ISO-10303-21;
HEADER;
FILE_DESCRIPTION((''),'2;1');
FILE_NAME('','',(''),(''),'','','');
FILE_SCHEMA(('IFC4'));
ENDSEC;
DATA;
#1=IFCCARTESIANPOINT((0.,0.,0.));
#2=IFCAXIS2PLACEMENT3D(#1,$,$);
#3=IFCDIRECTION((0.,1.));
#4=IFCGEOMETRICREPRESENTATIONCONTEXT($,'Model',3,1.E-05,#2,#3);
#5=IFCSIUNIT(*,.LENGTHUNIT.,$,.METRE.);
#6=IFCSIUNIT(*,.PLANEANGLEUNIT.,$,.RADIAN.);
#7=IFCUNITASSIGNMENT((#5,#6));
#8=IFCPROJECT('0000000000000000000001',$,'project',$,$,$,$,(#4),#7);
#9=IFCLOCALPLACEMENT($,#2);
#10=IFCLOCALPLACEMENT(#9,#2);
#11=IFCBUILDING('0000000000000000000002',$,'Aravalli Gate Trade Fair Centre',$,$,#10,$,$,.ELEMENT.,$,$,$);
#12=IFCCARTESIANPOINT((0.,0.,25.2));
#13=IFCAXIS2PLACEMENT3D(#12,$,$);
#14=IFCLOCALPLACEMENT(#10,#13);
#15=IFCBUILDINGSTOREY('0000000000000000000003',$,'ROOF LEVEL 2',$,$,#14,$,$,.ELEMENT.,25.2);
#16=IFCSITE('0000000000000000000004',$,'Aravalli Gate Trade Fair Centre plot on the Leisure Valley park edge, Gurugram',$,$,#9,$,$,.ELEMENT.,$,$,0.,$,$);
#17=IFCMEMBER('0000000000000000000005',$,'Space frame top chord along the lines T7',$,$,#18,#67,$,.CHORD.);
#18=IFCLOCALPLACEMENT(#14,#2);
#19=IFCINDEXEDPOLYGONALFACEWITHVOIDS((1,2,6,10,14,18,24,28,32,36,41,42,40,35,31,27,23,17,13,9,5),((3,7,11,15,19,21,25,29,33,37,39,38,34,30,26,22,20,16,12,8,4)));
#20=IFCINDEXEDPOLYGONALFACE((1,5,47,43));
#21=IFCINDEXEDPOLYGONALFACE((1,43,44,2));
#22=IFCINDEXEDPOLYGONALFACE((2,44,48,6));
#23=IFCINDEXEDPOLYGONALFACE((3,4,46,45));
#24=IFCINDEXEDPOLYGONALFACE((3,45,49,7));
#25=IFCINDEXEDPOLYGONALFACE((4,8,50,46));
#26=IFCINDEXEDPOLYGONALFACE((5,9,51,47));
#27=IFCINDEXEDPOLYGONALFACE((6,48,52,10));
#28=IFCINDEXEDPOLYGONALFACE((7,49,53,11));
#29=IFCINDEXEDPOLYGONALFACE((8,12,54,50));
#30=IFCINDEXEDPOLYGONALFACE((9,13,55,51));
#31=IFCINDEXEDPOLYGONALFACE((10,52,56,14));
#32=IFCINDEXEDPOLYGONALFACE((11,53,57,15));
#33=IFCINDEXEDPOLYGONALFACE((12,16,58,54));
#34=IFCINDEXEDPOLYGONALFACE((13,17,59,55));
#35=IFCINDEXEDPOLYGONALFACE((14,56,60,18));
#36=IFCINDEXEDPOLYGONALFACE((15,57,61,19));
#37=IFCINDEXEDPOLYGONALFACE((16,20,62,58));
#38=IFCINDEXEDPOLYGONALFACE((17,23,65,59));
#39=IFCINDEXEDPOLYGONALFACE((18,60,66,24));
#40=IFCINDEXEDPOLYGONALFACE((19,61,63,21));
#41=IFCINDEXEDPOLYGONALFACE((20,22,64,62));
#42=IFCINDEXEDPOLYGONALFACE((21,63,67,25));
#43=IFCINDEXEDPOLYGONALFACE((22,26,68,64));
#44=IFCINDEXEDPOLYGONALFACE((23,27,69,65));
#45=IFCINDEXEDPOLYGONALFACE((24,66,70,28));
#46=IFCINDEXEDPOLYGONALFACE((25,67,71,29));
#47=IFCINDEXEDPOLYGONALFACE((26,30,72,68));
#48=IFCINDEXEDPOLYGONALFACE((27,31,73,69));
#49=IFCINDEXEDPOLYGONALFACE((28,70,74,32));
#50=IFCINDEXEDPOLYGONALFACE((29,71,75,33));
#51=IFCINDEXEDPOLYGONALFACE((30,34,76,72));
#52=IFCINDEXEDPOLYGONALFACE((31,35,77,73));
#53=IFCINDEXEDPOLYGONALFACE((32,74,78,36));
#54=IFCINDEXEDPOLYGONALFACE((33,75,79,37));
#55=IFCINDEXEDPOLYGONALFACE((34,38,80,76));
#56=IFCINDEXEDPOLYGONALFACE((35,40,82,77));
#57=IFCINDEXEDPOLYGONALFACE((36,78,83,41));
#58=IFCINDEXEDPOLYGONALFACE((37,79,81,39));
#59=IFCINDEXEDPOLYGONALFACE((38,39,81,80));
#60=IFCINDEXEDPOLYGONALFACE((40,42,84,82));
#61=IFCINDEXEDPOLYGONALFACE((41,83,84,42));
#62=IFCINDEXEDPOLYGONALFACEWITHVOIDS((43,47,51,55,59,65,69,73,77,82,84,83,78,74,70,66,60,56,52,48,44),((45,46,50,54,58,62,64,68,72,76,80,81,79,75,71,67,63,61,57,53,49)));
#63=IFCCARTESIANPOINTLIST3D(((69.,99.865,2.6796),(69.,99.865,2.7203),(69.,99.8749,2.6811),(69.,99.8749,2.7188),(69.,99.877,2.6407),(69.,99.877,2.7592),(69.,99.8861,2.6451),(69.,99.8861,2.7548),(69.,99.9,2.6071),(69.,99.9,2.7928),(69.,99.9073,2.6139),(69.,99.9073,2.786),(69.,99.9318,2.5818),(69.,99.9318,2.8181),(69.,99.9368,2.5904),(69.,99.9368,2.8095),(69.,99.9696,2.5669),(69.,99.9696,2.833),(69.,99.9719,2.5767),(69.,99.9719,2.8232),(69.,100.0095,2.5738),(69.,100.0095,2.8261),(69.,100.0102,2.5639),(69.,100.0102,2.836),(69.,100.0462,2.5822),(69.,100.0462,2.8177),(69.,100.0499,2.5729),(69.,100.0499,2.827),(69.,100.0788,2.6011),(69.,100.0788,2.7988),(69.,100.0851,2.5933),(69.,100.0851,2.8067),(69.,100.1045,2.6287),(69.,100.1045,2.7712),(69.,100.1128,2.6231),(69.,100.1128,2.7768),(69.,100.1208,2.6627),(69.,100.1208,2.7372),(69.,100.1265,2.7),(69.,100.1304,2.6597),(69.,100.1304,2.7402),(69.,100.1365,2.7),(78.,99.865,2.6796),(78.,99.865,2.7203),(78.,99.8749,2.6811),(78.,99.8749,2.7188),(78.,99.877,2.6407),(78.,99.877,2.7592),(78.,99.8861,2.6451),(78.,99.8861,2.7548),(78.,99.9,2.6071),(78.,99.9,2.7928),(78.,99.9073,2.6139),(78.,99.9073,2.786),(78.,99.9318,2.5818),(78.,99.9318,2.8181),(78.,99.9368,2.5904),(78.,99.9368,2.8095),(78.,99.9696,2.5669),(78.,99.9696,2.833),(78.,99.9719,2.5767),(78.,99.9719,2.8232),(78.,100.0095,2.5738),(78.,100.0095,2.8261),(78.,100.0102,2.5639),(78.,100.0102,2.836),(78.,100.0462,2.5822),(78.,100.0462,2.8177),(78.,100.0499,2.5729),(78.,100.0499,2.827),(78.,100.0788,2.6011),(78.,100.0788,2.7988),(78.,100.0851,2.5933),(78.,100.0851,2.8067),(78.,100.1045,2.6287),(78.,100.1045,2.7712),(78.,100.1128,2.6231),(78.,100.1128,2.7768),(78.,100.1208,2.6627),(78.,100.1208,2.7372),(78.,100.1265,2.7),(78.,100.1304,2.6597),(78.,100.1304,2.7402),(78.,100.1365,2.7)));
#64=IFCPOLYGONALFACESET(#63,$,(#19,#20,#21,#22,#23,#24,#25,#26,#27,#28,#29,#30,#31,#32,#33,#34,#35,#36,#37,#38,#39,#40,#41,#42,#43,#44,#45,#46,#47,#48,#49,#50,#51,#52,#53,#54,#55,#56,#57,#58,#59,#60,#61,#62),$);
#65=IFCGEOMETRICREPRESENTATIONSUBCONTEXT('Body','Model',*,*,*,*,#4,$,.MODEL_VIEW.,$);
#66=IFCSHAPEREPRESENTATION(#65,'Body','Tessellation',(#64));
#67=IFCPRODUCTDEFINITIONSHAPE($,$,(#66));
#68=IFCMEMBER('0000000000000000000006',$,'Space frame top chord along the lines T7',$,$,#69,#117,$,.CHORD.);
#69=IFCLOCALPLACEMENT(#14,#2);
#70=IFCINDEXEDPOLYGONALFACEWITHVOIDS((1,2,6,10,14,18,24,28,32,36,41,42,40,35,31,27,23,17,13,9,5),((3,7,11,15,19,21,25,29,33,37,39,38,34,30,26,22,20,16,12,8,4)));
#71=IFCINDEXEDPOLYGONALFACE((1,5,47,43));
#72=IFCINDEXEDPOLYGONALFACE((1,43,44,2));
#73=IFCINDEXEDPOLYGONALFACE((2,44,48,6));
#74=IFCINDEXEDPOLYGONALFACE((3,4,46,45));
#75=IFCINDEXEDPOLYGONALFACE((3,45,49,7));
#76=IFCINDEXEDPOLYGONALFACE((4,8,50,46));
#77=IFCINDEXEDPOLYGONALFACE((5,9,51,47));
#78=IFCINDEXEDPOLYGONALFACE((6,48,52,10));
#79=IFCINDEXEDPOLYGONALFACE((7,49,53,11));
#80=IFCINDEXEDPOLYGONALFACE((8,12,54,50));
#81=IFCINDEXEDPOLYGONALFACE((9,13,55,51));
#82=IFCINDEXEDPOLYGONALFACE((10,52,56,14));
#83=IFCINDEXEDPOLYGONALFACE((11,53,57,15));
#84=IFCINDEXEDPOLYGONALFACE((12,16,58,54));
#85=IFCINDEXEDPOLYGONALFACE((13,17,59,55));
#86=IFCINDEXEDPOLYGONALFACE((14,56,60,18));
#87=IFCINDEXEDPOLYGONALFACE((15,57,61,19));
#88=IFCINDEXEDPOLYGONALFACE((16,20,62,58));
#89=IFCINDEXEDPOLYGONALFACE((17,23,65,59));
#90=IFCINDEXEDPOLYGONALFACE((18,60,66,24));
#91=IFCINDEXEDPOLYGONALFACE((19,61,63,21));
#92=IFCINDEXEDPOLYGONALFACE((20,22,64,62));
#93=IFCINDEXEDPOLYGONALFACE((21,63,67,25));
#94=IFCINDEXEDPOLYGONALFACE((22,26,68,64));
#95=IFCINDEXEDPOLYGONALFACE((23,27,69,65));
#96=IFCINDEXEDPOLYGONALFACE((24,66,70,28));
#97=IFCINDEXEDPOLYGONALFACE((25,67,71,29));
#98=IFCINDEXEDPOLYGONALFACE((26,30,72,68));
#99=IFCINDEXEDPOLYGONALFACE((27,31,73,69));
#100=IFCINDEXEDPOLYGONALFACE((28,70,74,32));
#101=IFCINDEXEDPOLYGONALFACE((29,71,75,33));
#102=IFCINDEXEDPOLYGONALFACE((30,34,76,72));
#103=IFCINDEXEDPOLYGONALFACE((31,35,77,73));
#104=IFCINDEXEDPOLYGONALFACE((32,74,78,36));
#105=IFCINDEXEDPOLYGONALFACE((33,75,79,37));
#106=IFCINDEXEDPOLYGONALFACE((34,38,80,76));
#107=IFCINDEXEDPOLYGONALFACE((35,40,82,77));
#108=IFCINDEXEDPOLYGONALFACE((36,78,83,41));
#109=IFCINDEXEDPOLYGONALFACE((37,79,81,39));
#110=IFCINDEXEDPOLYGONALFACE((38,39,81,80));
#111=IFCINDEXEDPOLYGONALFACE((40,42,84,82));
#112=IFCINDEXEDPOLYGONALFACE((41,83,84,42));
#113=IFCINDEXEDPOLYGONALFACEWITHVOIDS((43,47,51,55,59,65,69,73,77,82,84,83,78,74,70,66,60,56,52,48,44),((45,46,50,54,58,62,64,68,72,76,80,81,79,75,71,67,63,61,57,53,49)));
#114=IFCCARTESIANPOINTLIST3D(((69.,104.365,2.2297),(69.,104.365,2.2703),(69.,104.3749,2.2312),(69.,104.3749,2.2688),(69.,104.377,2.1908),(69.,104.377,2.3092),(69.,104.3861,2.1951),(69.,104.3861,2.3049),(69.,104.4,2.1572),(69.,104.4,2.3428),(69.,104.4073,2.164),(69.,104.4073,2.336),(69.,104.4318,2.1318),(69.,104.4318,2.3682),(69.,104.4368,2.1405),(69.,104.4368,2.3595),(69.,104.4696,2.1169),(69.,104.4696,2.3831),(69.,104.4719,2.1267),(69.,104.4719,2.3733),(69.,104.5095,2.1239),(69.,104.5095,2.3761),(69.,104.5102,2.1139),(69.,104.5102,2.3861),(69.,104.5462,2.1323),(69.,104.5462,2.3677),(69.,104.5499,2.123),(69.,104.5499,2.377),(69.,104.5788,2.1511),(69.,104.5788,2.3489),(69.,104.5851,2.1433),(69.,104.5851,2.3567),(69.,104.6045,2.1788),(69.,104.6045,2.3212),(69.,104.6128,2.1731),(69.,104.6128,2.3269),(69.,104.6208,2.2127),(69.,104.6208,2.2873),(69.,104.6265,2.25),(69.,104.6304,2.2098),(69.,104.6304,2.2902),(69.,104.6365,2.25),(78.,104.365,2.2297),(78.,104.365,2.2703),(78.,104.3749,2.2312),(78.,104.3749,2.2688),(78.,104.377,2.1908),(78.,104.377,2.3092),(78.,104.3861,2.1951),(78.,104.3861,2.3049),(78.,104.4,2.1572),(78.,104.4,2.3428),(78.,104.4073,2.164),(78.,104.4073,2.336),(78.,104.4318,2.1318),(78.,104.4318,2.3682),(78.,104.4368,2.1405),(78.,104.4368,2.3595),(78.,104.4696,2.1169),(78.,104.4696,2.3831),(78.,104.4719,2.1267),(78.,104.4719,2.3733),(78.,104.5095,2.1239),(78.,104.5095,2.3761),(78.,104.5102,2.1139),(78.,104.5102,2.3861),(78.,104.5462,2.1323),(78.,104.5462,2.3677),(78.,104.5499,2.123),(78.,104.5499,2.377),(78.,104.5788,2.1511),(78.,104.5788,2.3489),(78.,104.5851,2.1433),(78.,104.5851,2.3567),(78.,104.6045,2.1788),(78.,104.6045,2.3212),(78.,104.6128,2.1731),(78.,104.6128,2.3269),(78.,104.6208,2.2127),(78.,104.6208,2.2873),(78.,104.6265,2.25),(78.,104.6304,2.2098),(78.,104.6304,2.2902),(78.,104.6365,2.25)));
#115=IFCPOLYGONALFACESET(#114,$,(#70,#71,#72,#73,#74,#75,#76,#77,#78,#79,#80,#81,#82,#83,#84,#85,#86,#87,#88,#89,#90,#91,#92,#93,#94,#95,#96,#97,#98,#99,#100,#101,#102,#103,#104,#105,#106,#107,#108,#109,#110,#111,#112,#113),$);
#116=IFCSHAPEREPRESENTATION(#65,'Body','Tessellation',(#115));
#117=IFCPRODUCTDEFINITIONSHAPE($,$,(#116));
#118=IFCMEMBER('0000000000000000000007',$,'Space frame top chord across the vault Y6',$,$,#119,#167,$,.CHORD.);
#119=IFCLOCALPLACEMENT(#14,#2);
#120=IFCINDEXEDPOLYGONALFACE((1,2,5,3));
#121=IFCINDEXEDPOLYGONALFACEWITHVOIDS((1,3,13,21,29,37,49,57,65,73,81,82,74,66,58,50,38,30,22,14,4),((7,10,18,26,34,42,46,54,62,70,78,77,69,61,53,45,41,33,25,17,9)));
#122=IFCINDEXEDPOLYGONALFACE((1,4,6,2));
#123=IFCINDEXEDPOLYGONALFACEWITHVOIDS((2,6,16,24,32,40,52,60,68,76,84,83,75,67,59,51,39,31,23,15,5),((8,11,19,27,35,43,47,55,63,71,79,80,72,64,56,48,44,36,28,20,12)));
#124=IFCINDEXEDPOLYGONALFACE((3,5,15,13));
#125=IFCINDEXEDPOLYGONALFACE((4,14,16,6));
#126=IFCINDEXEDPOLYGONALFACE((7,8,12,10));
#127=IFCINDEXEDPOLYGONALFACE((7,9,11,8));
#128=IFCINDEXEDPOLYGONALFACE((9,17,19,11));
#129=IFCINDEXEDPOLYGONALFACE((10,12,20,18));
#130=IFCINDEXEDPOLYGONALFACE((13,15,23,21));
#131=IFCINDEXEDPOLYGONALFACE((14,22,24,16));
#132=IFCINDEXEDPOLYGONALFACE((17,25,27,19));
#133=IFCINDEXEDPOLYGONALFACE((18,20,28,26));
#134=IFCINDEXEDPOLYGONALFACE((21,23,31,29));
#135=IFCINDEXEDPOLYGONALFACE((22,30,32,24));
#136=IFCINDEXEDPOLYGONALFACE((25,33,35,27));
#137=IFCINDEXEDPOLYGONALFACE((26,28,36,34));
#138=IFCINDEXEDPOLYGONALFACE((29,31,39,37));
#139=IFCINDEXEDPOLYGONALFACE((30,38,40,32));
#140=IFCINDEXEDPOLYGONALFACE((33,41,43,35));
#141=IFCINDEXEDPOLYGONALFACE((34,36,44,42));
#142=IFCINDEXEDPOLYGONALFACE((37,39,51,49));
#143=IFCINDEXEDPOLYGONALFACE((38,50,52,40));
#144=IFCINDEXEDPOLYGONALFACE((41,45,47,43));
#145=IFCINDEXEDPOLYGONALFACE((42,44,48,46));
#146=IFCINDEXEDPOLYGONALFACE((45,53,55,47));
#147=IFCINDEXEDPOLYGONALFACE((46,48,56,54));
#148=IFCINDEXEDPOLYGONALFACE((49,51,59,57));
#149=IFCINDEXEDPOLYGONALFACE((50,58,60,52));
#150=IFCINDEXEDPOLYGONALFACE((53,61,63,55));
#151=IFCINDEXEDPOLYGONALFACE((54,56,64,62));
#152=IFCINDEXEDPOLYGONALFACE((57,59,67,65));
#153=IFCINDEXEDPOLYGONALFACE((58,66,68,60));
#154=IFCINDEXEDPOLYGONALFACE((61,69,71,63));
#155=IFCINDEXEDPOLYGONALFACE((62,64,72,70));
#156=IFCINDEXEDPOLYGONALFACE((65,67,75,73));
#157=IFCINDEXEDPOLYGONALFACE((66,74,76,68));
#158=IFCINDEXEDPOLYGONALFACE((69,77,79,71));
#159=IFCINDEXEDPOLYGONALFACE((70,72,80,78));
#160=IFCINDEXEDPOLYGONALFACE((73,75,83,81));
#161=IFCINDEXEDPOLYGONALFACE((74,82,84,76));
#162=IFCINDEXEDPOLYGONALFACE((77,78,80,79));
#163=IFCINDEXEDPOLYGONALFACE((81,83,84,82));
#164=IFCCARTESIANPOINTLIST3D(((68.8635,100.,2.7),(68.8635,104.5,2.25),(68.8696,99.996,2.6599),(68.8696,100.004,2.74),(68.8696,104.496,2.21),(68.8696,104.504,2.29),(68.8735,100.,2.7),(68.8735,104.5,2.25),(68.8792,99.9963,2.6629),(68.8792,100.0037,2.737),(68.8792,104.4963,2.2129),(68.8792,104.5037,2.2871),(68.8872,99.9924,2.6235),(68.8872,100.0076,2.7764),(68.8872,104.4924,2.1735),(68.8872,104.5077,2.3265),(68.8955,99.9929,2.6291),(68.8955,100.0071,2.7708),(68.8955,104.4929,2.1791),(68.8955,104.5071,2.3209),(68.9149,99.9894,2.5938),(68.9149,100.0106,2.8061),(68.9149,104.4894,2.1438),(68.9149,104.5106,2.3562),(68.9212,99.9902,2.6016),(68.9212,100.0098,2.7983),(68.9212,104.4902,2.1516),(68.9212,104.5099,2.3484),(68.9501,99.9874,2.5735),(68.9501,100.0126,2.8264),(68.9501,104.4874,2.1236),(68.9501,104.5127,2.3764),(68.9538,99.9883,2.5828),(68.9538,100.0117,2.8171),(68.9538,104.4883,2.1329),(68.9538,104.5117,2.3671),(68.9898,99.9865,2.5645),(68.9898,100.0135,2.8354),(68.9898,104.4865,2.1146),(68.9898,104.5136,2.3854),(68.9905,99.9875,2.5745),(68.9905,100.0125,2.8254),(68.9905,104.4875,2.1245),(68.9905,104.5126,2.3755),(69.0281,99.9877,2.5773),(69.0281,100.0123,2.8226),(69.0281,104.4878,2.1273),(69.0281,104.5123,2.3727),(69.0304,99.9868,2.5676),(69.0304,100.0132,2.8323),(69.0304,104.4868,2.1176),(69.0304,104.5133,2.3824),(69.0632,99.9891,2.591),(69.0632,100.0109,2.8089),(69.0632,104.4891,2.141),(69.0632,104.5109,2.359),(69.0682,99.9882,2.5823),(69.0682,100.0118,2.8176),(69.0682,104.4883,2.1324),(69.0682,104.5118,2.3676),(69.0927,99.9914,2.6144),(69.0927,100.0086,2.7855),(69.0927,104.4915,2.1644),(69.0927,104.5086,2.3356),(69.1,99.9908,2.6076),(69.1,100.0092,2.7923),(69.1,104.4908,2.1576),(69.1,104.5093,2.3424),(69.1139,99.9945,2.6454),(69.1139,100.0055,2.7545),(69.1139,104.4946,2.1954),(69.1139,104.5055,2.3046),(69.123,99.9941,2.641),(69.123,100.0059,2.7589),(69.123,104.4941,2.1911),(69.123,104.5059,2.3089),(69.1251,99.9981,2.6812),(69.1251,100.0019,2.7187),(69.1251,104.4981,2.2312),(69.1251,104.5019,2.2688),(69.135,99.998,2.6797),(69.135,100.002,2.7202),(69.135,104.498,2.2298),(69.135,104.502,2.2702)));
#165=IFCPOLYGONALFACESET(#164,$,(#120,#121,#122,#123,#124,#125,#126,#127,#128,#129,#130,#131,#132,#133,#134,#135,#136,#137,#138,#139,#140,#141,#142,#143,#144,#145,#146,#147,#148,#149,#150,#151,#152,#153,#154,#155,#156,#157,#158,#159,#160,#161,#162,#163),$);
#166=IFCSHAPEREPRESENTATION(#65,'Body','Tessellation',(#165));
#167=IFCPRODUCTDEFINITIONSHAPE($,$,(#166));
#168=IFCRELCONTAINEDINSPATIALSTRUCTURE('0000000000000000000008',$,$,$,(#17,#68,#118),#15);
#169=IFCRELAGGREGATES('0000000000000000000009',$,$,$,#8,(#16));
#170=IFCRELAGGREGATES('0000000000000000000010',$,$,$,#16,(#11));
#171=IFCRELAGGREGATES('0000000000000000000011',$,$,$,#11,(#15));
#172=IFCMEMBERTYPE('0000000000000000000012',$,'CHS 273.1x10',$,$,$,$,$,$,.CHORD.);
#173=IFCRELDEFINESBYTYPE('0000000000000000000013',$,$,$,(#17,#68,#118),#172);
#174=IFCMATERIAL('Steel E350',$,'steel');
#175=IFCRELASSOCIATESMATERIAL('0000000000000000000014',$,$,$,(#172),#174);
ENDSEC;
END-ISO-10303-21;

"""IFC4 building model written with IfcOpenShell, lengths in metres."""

from ifc_helpers import new_model, si_unit, direction, frame, origin, origin_2d, place, context, subcontext, project, spatial, hollow_circle, extrude, material, material_profile, profile_set, type_object, element, save


model = new_model("IFC4")

# Units and contexts
model_context = context("Model", 3, precision=1e-05, world=origin(), true_north=direction((0.0, 1.0)))
body_context = subcontext(model_context, "Body", "Model", "MODEL_VIEW")
ifc_project = project(units=[si_unit("LENGTHUNIT", "METRE"), si_unit("PLANEANGLEUNIT", "RADIAN")], contexts=[model_context])

# Site, building, storey
site_placement = place(None, origin())
site = spatial("IfcSite", under=ifc_project, at=site_placement, Name="Aravalli Gate Trade Fair Centre plot on the Leisure Valley park edge, Gurugram", CompositionType="ELEMENT", RefElevation=0.0)
building_placement = place(site_placement, origin())
building = spatial("IfcBuilding", under=site, at=building_placement, Name="Aravalli Gate Trade Fair Centre", CompositionType="ELEMENT")
storey_placement = place(building_placement, frame((0.0, 0.0, 25.2)))
storey = spatial("IfcBuildingStorey", under=building, at=storey_placement, Name="ROOF LEVEL 2", CompositionType="ELEMENT", Elevation=25.2)

# Members
ifc_material_1 = material(Name="Steel E350", Category="steel")
ifc_material_profile_1 = material_profile(ifc_material_1, hollow_circle(Radius=0.1365, WallThickness=0.01, at=origin_2d()), Name="CHS 273.1x10")
ifc_profile_set_1 = profile_set([ifc_material_profile_1], Name="Steel E350")
member_type_1 = type_object("IfcMemberType", Name="CHS 273.1x10", PredefinedType="CHORD", material=ifc_profile_set_1)
for number, where, z_axis, x_axis, name in (
    (1, (69.0, 100.0, 2.7), (1.0, 0.0, 0.0), (0.0, 1.0, 0.0), "Space frame top chord along the lines T7"),
    (2, (69.0, 104.5, 2.25), (1.0, 0.0, 0.0), (0.0, 1.0, 0.0), "Space frame top chord along the lines T7"),
):
    element("IfcMember", number, at=place(storey_placement, frame(where, z_axis=z_axis, x_axis=x_axis)), inside=storey, type_object=member_type_1, Name=name, PredefinedType="CHORD", context=body_context, shape_type="SweptSolid", body=[
        extrude(hollow_circle(Radius=0.1365, WallThickness=0.01, at=origin_2d()), origin(), (0.0, 0.0, 1.0), 9.0),
    ])
for number, where, z_axis, x_axis, name in (
    (3, (69.0, 100.0, 2.7), (0.0, 0.995038, -0.099493), (-1.0, 0.0, 0.0), "Space frame top chord across the vault Y6"),
):
    element("IfcMember", number, at=place(storey_placement, frame(where, z_axis=z_axis, x_axis=x_axis)), inside=storey, type_object=member_type_1, Name=name, PredefinedType="CHORD", context=body_context, shape_type="SweptSolid", body=[
        extrude(hollow_circle(Radius=0.1365, WallThickness=0.01, at=origin_2d()), origin(), (0.0, 0.0, 1.0), 4.5225),
    ])

save(model, "model.ifc")
